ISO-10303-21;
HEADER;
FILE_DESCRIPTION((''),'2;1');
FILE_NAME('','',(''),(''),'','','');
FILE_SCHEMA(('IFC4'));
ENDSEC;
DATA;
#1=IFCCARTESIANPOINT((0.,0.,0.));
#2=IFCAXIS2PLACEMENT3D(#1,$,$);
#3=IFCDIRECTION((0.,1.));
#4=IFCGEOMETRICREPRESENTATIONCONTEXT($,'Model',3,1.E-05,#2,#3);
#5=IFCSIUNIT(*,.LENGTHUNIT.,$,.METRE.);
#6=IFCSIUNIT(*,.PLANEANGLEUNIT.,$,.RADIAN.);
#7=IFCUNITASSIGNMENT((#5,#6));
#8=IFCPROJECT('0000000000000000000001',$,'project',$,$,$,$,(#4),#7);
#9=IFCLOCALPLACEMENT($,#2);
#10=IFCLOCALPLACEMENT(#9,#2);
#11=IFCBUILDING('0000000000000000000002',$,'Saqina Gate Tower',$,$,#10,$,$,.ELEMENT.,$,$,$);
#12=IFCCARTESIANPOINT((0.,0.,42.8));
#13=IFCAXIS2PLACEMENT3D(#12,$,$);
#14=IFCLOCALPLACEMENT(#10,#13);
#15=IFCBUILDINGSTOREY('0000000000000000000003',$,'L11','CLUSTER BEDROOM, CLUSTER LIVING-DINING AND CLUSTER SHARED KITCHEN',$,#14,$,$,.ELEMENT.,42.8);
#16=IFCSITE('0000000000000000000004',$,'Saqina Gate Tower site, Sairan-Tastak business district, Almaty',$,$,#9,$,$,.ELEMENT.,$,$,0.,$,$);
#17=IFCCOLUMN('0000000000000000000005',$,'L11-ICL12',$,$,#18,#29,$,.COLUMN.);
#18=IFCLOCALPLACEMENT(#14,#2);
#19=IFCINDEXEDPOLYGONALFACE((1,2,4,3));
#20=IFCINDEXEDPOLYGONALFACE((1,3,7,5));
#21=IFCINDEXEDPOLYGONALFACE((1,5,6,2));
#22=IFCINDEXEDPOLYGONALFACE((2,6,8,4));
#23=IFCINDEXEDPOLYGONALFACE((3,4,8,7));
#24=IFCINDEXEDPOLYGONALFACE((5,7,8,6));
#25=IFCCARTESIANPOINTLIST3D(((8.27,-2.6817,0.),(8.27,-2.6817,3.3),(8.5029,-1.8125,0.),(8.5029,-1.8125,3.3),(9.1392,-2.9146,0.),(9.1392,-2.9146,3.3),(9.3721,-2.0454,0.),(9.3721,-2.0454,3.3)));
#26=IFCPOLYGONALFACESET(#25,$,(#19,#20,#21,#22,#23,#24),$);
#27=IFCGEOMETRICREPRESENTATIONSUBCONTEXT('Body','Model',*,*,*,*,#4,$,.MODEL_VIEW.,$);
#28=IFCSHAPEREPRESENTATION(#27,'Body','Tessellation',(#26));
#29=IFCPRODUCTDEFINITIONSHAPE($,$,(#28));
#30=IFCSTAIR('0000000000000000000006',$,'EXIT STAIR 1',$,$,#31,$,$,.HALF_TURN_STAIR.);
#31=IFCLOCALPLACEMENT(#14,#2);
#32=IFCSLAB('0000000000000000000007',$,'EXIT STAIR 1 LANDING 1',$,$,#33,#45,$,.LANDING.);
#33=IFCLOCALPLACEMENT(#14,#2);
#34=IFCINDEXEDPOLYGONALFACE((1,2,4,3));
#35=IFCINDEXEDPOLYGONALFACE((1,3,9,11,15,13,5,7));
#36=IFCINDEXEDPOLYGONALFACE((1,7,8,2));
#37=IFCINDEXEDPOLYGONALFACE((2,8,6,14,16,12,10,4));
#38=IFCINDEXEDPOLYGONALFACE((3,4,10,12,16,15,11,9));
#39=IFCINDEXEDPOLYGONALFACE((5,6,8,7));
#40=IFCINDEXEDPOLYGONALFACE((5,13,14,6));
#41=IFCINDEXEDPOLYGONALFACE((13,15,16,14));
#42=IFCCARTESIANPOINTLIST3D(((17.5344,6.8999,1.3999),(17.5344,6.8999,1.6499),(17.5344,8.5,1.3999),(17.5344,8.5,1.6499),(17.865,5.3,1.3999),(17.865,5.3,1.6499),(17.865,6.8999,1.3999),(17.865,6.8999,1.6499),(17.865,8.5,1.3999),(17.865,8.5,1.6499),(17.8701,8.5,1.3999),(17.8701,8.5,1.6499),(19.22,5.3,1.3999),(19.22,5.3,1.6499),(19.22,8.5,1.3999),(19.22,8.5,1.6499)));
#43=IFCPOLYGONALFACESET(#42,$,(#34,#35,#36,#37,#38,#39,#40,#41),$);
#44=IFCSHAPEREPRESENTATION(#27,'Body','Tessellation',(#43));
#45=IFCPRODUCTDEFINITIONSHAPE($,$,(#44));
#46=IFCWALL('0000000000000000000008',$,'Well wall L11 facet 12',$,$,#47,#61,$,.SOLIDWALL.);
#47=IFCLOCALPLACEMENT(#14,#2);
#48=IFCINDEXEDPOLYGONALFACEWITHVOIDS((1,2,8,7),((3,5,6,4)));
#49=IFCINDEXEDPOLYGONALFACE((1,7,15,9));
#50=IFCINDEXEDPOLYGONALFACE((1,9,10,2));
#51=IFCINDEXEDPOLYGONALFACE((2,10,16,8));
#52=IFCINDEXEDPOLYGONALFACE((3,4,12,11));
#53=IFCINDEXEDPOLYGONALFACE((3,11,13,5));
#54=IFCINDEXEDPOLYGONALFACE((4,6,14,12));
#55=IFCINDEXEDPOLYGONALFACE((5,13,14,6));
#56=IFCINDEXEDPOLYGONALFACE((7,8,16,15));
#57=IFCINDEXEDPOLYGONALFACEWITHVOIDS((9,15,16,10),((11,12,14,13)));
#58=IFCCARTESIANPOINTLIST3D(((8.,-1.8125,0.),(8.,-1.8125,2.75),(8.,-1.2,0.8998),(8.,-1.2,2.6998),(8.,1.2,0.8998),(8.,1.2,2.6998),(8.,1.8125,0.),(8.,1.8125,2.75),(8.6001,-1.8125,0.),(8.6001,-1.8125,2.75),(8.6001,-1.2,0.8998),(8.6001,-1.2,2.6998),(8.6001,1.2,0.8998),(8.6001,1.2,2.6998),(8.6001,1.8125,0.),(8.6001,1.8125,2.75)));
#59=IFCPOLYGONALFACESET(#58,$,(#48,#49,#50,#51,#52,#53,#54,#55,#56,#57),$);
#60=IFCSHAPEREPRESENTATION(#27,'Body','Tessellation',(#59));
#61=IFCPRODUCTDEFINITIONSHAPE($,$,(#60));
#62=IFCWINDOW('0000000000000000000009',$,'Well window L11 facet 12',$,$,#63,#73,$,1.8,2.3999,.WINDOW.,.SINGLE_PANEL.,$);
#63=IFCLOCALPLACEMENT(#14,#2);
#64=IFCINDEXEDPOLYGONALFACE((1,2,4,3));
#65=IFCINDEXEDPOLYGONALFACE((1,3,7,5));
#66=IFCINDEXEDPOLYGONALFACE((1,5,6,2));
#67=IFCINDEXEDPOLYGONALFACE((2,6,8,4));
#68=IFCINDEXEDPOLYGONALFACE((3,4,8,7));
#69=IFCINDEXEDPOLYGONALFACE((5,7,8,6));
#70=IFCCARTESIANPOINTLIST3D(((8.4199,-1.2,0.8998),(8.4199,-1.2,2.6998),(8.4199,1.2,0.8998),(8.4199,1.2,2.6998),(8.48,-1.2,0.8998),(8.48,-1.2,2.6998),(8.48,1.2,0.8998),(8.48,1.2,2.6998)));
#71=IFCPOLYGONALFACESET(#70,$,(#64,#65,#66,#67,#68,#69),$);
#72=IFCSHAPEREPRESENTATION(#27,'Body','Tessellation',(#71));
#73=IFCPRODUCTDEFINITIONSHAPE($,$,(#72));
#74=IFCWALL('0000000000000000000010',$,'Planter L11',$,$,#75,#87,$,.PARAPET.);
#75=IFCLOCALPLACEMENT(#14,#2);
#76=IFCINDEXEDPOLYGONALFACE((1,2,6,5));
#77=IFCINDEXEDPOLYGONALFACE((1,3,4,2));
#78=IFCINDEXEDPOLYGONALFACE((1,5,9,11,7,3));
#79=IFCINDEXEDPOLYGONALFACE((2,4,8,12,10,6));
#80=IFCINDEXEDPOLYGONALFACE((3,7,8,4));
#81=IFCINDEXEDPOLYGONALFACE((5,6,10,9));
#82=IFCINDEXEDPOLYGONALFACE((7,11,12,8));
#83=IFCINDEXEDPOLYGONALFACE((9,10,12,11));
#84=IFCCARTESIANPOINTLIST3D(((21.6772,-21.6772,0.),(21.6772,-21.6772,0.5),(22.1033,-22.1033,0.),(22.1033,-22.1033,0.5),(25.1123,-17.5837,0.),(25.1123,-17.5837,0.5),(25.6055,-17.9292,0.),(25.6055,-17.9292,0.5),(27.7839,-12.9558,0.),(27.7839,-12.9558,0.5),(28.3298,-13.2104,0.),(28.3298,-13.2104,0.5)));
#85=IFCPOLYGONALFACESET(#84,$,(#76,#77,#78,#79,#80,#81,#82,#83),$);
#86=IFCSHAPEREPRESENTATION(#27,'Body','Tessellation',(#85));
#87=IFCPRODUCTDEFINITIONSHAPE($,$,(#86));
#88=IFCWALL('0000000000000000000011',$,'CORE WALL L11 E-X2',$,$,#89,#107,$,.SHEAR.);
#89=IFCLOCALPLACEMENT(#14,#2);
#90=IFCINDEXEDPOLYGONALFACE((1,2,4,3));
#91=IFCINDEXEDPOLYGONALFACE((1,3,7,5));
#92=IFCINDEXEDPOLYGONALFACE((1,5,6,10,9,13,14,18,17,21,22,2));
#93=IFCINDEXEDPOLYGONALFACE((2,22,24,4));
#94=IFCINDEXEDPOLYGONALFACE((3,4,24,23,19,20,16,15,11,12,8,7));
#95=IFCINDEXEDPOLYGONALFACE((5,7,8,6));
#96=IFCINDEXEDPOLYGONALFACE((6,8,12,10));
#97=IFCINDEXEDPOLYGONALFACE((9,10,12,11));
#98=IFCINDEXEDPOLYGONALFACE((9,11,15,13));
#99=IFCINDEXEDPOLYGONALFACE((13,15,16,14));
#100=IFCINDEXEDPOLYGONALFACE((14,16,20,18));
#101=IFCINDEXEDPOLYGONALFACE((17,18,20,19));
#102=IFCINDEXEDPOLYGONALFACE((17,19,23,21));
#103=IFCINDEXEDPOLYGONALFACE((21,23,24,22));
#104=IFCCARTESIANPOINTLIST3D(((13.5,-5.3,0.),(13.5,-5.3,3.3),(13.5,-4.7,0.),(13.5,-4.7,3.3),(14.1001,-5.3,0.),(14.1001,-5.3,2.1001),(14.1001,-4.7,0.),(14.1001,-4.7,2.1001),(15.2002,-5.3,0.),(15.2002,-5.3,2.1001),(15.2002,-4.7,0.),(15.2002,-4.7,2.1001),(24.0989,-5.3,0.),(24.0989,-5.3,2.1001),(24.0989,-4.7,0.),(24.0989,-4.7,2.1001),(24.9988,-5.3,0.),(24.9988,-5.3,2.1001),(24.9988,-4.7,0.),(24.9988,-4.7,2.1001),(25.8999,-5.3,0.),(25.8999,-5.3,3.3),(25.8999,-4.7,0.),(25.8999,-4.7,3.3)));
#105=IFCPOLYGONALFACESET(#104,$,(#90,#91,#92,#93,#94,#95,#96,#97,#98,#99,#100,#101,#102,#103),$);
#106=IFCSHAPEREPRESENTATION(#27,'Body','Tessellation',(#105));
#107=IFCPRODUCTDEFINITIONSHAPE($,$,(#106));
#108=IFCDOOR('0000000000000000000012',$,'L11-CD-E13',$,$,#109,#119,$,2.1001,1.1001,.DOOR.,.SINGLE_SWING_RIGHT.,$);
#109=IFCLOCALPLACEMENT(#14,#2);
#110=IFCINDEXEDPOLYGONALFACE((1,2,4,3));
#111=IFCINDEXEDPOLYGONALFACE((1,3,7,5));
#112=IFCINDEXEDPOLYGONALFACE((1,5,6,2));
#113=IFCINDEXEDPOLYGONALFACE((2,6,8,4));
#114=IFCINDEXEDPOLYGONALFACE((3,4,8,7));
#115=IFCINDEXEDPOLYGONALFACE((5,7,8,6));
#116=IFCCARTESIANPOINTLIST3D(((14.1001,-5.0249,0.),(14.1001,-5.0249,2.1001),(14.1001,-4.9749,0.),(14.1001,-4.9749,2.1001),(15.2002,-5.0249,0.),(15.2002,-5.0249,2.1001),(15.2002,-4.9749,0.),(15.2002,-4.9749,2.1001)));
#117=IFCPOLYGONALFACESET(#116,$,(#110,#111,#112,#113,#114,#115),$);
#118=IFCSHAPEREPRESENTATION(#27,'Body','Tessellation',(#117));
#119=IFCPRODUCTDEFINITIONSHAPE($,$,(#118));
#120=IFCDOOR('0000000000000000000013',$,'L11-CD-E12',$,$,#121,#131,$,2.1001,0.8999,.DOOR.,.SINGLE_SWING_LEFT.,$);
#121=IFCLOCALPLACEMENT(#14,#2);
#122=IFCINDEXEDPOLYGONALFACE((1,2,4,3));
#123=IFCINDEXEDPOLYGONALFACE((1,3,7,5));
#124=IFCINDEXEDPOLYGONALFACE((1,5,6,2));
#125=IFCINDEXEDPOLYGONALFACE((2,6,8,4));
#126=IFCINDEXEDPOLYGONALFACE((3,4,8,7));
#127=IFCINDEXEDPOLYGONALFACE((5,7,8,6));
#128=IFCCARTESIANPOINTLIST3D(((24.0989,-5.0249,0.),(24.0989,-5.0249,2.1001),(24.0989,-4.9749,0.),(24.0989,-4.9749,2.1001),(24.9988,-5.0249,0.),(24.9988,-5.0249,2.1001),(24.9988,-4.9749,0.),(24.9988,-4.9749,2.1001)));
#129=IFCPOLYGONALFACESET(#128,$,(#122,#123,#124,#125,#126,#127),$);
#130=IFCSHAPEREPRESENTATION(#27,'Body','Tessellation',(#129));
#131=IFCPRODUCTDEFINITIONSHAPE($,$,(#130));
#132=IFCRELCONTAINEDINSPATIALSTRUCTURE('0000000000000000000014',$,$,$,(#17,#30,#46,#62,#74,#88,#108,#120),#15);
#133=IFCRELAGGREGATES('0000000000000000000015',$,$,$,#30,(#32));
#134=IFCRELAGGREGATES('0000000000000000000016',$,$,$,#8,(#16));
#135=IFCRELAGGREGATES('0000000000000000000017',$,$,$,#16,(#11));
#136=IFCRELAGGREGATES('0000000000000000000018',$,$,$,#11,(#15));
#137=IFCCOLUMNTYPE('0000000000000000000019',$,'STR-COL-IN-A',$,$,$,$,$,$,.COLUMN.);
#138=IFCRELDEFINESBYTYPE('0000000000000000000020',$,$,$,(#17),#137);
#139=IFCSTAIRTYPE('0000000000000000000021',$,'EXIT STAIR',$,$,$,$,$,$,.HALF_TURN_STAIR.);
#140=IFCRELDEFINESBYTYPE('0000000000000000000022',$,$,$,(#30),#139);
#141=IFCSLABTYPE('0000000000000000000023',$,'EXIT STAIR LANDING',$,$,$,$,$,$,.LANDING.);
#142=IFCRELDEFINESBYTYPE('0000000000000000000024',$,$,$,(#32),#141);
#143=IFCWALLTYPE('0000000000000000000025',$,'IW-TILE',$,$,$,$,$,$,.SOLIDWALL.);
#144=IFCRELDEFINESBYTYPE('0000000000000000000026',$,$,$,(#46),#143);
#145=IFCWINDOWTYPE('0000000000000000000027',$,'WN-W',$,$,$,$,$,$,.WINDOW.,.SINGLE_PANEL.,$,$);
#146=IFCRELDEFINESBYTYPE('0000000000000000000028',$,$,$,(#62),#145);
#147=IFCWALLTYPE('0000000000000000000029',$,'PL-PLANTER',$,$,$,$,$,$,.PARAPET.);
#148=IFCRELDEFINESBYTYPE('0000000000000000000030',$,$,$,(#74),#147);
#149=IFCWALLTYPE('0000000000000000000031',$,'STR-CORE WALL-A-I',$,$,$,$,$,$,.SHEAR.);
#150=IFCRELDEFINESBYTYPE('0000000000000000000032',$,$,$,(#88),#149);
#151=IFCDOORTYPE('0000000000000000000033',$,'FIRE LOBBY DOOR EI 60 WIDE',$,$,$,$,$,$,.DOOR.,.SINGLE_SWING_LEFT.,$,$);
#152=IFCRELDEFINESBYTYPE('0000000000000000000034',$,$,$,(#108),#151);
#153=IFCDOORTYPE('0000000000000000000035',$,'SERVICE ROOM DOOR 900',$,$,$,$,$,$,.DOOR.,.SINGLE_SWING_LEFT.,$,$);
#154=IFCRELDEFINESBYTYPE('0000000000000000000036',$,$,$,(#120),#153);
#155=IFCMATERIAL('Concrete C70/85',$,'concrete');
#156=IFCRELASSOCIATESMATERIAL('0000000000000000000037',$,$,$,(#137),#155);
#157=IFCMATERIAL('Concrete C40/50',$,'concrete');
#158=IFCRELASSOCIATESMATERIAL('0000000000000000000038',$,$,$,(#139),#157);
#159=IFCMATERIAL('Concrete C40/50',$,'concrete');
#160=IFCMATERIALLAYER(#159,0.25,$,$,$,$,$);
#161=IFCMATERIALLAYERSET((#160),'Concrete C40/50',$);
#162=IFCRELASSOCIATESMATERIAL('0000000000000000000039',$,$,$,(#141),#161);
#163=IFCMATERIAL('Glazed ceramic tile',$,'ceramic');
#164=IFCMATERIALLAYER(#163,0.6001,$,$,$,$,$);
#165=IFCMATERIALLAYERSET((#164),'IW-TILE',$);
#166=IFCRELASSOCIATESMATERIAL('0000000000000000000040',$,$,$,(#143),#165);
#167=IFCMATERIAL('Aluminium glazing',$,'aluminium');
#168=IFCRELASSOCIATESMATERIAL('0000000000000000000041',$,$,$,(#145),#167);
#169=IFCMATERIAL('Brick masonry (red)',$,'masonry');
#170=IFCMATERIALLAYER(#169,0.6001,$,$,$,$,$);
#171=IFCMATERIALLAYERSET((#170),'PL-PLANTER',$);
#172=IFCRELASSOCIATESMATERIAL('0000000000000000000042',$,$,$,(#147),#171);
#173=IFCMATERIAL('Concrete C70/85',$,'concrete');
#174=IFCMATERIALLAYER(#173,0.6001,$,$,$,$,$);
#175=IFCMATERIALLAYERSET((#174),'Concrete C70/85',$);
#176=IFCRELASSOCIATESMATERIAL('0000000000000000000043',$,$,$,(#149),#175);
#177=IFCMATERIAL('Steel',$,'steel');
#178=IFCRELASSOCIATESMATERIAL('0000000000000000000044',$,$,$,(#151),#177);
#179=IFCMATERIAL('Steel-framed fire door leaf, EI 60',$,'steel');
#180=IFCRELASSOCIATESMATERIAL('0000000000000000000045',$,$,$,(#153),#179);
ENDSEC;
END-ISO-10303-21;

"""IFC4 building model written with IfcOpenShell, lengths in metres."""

from ifc_helpers import new_model, si_unit, direction, frame, frame_2d, origin, origin_2d, place, context, subcontext, project, spatial, polyline, rectangle, outline, extrude, material, layer, layer_set, material_profile, profile_set, type_object, element, fill, aggregate, save


model = new_model("IFC4")

# Units and contexts
model_context = context("Model", 3, precision=1e-05, world=origin(), true_north=direction((0.0, 1.0)))
body_context = subcontext(model_context, "Body", "Model", "MODEL_VIEW")
ifc_project = project(units=[si_unit("LENGTHUNIT", "METRE"), si_unit("PLANEANGLEUNIT", "RADIAN")], contexts=[model_context])

# Site, building, storey
site_placement = place(None, origin())
site = spatial("IfcSite", under=ifc_project, at=site_placement, Name="Saqina Gate Tower site, Sairan-Tastak business district, Almaty", CompositionType="ELEMENT", RefElevation=0.0)
building_placement = place(site_placement, origin())
building = spatial("IfcBuilding", under=site, at=building_placement, Name="Saqina Gate Tower", CompositionType="ELEMENT")
storey_placement = place(building_placement, frame((0.0, 0.0, 42.8)))
storey = spatial("IfcBuildingStorey", under=building, at=storey_placement, Name="L11", Description="CLUSTER BEDROOM, CLUSTER LIVING-DINING AND CLUSTER SHARED KITCHEN", CompositionType="ELEMENT", Elevation=42.8)

# Column
ifc_material_1 = material(Name="Concrete C70/85", Category="concrete")
ifc_material_profile = material_profile(ifc_material_1, rectangle(XDim=0.8999, YDim=0.8999, at=origin_2d()), Name="RC 900x900")
ifc_profile_set = profile_set([ifc_material_profile], Name="Concrete C70/85")
column_type = type_object("IfcColumnType", Name="STR-COL-IN-A", PredefinedType="COLUMN", material=ifc_profile_set)
column_placement = place(storey_placement, frame((8.821, -2.3635, 0.0), z_axis=(0.0, 0.0, 1.0), x_axis=(0.965926, -0.258819, 0.0)))
element("IfcColumn", 1, at=column_placement, inside=storey, type_object=column_type, Name="L11-ICL12", PredefinedType="COLUMN", context=body_context, shape_type="SweptSolid", body=[
    extrude(rectangle(XDim=0.8999, YDim=0.8999, at=origin_2d()), origin(), (0.0, 0.0, 1.0), 3.3),
])

# Stair, slab
ifc_material_2 = material(Name="Concrete C40/50", Category="concrete")
stair_type = type_object("IfcStairType", Name="EXIT STAIR", PredefinedType="HALF_TURN_STAIR", material=ifc_material_2)
stair_placement = place(storey_placement, origin())
stair = element("IfcStair", 2, at=stair_placement, inside=storey, type_object=stair_type, Name="EXIT STAIR 1", PredefinedType="HALF_TURN_STAIR")
ifc_material_3 = material(Name="Concrete C40/50", Category="concrete")
ifc_layer_1 = layer(ifc_material_3, 0.25)
ifc_layer_set_1 = layer_set([ifc_layer_1], Name="Concrete C40/50")
slab_type = type_object("IfcSlabType", Name="EXIT STAIR LANDING", PredefinedType="LANDING", material=ifc_layer_set_1)
slab_placement = place(storey_placement, frame((0.0, 0.0, 1.3999)))
slab = element("IfcSlab", 3, at=slab_placement, type_object=slab_type, Name="EXIT STAIR 1 LANDING 1", PredefinedType="LANDING", context=body_context, shape_type="SweptSolid", body=[
    extrude(outline(polyline([(19.22, 8.5), (19.22, 5.3), (17.865, 5.3), (17.865, 6.8999), (17.5344, 6.8999), (17.5344, 8.5), (17.865, 8.5), (17.8701, 8.5), (19.22, 8.5)])), origin(), (0.0, 0.0, 1.0), 0.25),
])
aggregate(stair, [slab])

# Wall, opening, window
ifc_material_4 = material(Name="Glazed ceramic tile", Category="ceramic")
ifc_layer_2 = layer(ifc_material_4, 0.6001)
ifc_layer_set_2 = layer_set([ifc_layer_2], Name="IW-TILE")
wall_type_1 = type_object("IfcWallType", Name="IW-TILE", PredefinedType="SOLIDWALL", material=ifc_layer_set_2)
wall_1_placement = place(storey_placement, frame((8.3, -1.8125, 0.0), z_axis=(0.0, 0.0, 1.0), x_axis=(0.0, 1.0, 0.0)))
wall_1 = element("IfcWall", 4, at=wall_1_placement, inside=storey, type_object=wall_type_1, Name="Well wall L11 facet 12", PredefinedType="SOLIDWALL", context=body_context, shape_type="SweptSolid", body=[
    extrude(rectangle(XDim=3.625, YDim=0.6001, at=frame_2d((1.8125, 0.0))), origin(), (0.0, 0.0, 1.0), 2.75),
])
opening_1_placement = place(wall_1_placement, frame((0.6125, 0.0, 0.8999)))
opening_1 = element("IfcOpeningElement", 5, at=opening_1_placement, cuts=wall_1, PredefinedType="OPENING", context=body_context, shape_type="SweptSolid", body=[
    extrude(rectangle(XDim=2.3999, YDim=1.8, at=frame_2d((1.2, 0.8999))), frame((0.0, 0.312, 0.0), z_axis=(0.0, -1.0, 0.0), x_axis=(1.0, 0.0, 0.0)), (0.0, 0.0, 1.0), 0.624),
])
ifc_material_5 = material(Name="Aluminium glazing", Category="aluminium")
window_type = type_object("IfcWindowType", Name="WN-W", PartitioningType="SINGLE_PANEL", PredefinedType="WINDOW", material=ifc_material_5)
window_placement = place(opening_1_placement, origin())
window = element("IfcWindow", 6, at=window_placement, inside=storey, type_object=window_type, Name="Well window L11 facet 12", OverallHeight=1.8, OverallWidth=2.3999, PartitioningType="SINGLE_PANEL", PredefinedType="WINDOW", context=body_context, shape_type="SweptSolid", body=[
    extrude(rectangle(XDim=2.3999, YDim=1.8, at=frame_2d((1.2, 0.8999))), frame((0.0, -0.1199, 0.0), z_axis=(0.0, -1.0, 0.0), x_axis=(1.0, 0.0, 0.0)), (0.0, 0.0, 1.0), 0.0601),
])
fill(opening_1, window)

# Wall
ifc_material_6 = material(Name="Brick masonry (red)", Category="masonry")
ifc_layer_3 = layer(ifc_material_6, 0.6001)
ifc_layer_set_3 = layer_set([ifc_layer_3], Name="PL-PLANTER")
wall_type_2 = type_object("IfcWallType", Name="PL-PLANTER", PredefinedType="PARAPET", material=ifc_layer_set_3)
wall_2_placement = place(storey_placement, origin())
element("IfcWall", 7, at=wall_2_placement, inside=storey, type_object=wall_type_2, Name="Planter L11", PredefinedType="PARAPET", context=body_context, shape_type="SweptSolid", body=[
    extrude(outline(polyline([(22.1033, -22.1033), (25.6055, -17.9292), (28.3298, -13.2104), (27.7839, -12.9558), (25.1123, -17.5837), (21.6772, -21.6772), (22.1033, -22.1033)])), origin(), (0.0, 0.0, 1.0), 0.5),
])

# Wall, openings, doors
ifc_material_7 = material(Name="Concrete C70/85", Category="concrete")
ifc_layer_4 = layer(ifc_material_7, 0.6001)
ifc_layer_set_4 = layer_set([ifc_layer_4], Name="Concrete C70/85")
wall_type_3 = type_object("IfcWallType", Name="STR-CORE WALL-A-I", PredefinedType="SHEAR", material=ifc_layer_set_4)
wall_3_placement = place(storey_placement, frame((13.5, -5.0, 0.0), z_axis=(0.0, 0.0, 1.0), x_axis=(1.0, 0.0, 0.0)))
wall_3 = element("IfcWall", 8, at=wall_3_placement, inside=storey, type_object=wall_type_3, Name="CORE WALL L11 E-X2", PredefinedType="SHEAR", context=body_context, shape_type="SweptSolid", body=[
    extrude(rectangle(XDim=12.3999, YDim=0.6001, at=frame_2d((6.2, 0.0))), origin(), (0.0, 0.0, 1.0), 3.3),
])
opening_2_placement = place(wall_3_placement, frame((10.5989, 0.0, 0.0)))
opening_2 = element("IfcOpeningElement", 9, at=opening_2_placement, cuts=wall_3, PredefinedType="OPENING", context=body_context, shape_type="SweptSolid", body=[
    extrude(rectangle(XDim=0.8999, YDim=2.1001, at=frame_2d((0.45, 1.05))), frame((0.0, 0.312, 0.0), z_axis=(0.0, -1.0, 0.0), x_axis=(1.0, 0.0, 0.0)), (0.0, 0.0, 1.0), 0.624),
])
opening_3_placement = place(wall_3_placement, frame((0.6001, 0.0, 0.0)))
opening_3 = element("IfcOpeningElement", 10, at=opening_3_placement, cuts=wall_3, PredefinedType="OPENING", context=body_context, shape_type="SweptSolid", body=[
    extrude(rectangle(XDim=1.1001, YDim=2.1001, at=frame_2d((0.55, 1.05))), frame((0.0, 0.312, 0.0), z_axis=(0.0, -1.0, 0.0), x_axis=(1.0, 0.0, 0.0)), (0.0, 0.0, 1.0), 0.624),
])
ifc_material_8 = material(Name="Steel", Category="steel")
door_type_1 = type_object("IfcDoorType", Name="FIRE LOBBY DOOR EI 60 WIDE", OperationType="SINGLE_SWING_LEFT", PredefinedType="DOOR", material=ifc_material_8)
door_1_placement = place(opening_3_placement, frame((1.1001, 0.0, 0.0), z_axis=(0.0, 0.0, 1.0), x_axis=(-1.0, 0.0, 0.0)))
door_1 = element("IfcDoor", 11, at=door_1_placement, inside=storey, type_object=door_type_1, Name="L11-CD-E13", OperationType="SINGLE_SWING_RIGHT", OverallHeight=2.1001, OverallWidth=1.1001, PredefinedType="DOOR", context=body_context, shape_type="SweptSolid", body=[
    extrude(rectangle(XDim=1.1001, YDim=2.1001, at=frame_2d((0.55, 1.05))), frame((0.0, 0.0249, 0.0), z_axis=(0.0, -1.0, 0.0), x_axis=(1.0, 0.0, 0.0)), (0.0, 0.0, 1.0), 0.05),
])
fill(opening_3, door_1)
ifc_material_9 = material(Name="Steel-framed fire door leaf, EI 60", Category="steel")
door_type_2 = type_object("IfcDoorType", Name="SERVICE ROOM DOOR 900", OperationType="SINGLE_SWING_LEFT", PredefinedType="DOOR", material=ifc_material_9)
door_2_placement = place(opening_2_placement, frame((0.8999, 0.0, 0.0), z_axis=(0.0, 0.0, 1.0), x_axis=(-1.0, 0.0, 0.0)))
door_2 = element("IfcDoor", 12, at=door_2_placement, inside=storey, type_object=door_type_2, Name="L11-CD-E12", OperationType="SINGLE_SWING_LEFT", OverallHeight=2.1001, OverallWidth=0.8999, PredefinedType="DOOR", context=body_context, shape_type="SweptSolid", body=[
    extrude(rectangle(XDim=0.8999, YDim=2.1001, at=frame_2d((0.45, 1.05))), frame((0.0, 0.0249, 0.0), z_axis=(0.0, -1.0, 0.0), x_axis=(1.0, 0.0, 0.0)), (0.0, 0.0, 1.0), 0.05),
])
fill(opening_2, door_2)

save(model, "model.ifc")
